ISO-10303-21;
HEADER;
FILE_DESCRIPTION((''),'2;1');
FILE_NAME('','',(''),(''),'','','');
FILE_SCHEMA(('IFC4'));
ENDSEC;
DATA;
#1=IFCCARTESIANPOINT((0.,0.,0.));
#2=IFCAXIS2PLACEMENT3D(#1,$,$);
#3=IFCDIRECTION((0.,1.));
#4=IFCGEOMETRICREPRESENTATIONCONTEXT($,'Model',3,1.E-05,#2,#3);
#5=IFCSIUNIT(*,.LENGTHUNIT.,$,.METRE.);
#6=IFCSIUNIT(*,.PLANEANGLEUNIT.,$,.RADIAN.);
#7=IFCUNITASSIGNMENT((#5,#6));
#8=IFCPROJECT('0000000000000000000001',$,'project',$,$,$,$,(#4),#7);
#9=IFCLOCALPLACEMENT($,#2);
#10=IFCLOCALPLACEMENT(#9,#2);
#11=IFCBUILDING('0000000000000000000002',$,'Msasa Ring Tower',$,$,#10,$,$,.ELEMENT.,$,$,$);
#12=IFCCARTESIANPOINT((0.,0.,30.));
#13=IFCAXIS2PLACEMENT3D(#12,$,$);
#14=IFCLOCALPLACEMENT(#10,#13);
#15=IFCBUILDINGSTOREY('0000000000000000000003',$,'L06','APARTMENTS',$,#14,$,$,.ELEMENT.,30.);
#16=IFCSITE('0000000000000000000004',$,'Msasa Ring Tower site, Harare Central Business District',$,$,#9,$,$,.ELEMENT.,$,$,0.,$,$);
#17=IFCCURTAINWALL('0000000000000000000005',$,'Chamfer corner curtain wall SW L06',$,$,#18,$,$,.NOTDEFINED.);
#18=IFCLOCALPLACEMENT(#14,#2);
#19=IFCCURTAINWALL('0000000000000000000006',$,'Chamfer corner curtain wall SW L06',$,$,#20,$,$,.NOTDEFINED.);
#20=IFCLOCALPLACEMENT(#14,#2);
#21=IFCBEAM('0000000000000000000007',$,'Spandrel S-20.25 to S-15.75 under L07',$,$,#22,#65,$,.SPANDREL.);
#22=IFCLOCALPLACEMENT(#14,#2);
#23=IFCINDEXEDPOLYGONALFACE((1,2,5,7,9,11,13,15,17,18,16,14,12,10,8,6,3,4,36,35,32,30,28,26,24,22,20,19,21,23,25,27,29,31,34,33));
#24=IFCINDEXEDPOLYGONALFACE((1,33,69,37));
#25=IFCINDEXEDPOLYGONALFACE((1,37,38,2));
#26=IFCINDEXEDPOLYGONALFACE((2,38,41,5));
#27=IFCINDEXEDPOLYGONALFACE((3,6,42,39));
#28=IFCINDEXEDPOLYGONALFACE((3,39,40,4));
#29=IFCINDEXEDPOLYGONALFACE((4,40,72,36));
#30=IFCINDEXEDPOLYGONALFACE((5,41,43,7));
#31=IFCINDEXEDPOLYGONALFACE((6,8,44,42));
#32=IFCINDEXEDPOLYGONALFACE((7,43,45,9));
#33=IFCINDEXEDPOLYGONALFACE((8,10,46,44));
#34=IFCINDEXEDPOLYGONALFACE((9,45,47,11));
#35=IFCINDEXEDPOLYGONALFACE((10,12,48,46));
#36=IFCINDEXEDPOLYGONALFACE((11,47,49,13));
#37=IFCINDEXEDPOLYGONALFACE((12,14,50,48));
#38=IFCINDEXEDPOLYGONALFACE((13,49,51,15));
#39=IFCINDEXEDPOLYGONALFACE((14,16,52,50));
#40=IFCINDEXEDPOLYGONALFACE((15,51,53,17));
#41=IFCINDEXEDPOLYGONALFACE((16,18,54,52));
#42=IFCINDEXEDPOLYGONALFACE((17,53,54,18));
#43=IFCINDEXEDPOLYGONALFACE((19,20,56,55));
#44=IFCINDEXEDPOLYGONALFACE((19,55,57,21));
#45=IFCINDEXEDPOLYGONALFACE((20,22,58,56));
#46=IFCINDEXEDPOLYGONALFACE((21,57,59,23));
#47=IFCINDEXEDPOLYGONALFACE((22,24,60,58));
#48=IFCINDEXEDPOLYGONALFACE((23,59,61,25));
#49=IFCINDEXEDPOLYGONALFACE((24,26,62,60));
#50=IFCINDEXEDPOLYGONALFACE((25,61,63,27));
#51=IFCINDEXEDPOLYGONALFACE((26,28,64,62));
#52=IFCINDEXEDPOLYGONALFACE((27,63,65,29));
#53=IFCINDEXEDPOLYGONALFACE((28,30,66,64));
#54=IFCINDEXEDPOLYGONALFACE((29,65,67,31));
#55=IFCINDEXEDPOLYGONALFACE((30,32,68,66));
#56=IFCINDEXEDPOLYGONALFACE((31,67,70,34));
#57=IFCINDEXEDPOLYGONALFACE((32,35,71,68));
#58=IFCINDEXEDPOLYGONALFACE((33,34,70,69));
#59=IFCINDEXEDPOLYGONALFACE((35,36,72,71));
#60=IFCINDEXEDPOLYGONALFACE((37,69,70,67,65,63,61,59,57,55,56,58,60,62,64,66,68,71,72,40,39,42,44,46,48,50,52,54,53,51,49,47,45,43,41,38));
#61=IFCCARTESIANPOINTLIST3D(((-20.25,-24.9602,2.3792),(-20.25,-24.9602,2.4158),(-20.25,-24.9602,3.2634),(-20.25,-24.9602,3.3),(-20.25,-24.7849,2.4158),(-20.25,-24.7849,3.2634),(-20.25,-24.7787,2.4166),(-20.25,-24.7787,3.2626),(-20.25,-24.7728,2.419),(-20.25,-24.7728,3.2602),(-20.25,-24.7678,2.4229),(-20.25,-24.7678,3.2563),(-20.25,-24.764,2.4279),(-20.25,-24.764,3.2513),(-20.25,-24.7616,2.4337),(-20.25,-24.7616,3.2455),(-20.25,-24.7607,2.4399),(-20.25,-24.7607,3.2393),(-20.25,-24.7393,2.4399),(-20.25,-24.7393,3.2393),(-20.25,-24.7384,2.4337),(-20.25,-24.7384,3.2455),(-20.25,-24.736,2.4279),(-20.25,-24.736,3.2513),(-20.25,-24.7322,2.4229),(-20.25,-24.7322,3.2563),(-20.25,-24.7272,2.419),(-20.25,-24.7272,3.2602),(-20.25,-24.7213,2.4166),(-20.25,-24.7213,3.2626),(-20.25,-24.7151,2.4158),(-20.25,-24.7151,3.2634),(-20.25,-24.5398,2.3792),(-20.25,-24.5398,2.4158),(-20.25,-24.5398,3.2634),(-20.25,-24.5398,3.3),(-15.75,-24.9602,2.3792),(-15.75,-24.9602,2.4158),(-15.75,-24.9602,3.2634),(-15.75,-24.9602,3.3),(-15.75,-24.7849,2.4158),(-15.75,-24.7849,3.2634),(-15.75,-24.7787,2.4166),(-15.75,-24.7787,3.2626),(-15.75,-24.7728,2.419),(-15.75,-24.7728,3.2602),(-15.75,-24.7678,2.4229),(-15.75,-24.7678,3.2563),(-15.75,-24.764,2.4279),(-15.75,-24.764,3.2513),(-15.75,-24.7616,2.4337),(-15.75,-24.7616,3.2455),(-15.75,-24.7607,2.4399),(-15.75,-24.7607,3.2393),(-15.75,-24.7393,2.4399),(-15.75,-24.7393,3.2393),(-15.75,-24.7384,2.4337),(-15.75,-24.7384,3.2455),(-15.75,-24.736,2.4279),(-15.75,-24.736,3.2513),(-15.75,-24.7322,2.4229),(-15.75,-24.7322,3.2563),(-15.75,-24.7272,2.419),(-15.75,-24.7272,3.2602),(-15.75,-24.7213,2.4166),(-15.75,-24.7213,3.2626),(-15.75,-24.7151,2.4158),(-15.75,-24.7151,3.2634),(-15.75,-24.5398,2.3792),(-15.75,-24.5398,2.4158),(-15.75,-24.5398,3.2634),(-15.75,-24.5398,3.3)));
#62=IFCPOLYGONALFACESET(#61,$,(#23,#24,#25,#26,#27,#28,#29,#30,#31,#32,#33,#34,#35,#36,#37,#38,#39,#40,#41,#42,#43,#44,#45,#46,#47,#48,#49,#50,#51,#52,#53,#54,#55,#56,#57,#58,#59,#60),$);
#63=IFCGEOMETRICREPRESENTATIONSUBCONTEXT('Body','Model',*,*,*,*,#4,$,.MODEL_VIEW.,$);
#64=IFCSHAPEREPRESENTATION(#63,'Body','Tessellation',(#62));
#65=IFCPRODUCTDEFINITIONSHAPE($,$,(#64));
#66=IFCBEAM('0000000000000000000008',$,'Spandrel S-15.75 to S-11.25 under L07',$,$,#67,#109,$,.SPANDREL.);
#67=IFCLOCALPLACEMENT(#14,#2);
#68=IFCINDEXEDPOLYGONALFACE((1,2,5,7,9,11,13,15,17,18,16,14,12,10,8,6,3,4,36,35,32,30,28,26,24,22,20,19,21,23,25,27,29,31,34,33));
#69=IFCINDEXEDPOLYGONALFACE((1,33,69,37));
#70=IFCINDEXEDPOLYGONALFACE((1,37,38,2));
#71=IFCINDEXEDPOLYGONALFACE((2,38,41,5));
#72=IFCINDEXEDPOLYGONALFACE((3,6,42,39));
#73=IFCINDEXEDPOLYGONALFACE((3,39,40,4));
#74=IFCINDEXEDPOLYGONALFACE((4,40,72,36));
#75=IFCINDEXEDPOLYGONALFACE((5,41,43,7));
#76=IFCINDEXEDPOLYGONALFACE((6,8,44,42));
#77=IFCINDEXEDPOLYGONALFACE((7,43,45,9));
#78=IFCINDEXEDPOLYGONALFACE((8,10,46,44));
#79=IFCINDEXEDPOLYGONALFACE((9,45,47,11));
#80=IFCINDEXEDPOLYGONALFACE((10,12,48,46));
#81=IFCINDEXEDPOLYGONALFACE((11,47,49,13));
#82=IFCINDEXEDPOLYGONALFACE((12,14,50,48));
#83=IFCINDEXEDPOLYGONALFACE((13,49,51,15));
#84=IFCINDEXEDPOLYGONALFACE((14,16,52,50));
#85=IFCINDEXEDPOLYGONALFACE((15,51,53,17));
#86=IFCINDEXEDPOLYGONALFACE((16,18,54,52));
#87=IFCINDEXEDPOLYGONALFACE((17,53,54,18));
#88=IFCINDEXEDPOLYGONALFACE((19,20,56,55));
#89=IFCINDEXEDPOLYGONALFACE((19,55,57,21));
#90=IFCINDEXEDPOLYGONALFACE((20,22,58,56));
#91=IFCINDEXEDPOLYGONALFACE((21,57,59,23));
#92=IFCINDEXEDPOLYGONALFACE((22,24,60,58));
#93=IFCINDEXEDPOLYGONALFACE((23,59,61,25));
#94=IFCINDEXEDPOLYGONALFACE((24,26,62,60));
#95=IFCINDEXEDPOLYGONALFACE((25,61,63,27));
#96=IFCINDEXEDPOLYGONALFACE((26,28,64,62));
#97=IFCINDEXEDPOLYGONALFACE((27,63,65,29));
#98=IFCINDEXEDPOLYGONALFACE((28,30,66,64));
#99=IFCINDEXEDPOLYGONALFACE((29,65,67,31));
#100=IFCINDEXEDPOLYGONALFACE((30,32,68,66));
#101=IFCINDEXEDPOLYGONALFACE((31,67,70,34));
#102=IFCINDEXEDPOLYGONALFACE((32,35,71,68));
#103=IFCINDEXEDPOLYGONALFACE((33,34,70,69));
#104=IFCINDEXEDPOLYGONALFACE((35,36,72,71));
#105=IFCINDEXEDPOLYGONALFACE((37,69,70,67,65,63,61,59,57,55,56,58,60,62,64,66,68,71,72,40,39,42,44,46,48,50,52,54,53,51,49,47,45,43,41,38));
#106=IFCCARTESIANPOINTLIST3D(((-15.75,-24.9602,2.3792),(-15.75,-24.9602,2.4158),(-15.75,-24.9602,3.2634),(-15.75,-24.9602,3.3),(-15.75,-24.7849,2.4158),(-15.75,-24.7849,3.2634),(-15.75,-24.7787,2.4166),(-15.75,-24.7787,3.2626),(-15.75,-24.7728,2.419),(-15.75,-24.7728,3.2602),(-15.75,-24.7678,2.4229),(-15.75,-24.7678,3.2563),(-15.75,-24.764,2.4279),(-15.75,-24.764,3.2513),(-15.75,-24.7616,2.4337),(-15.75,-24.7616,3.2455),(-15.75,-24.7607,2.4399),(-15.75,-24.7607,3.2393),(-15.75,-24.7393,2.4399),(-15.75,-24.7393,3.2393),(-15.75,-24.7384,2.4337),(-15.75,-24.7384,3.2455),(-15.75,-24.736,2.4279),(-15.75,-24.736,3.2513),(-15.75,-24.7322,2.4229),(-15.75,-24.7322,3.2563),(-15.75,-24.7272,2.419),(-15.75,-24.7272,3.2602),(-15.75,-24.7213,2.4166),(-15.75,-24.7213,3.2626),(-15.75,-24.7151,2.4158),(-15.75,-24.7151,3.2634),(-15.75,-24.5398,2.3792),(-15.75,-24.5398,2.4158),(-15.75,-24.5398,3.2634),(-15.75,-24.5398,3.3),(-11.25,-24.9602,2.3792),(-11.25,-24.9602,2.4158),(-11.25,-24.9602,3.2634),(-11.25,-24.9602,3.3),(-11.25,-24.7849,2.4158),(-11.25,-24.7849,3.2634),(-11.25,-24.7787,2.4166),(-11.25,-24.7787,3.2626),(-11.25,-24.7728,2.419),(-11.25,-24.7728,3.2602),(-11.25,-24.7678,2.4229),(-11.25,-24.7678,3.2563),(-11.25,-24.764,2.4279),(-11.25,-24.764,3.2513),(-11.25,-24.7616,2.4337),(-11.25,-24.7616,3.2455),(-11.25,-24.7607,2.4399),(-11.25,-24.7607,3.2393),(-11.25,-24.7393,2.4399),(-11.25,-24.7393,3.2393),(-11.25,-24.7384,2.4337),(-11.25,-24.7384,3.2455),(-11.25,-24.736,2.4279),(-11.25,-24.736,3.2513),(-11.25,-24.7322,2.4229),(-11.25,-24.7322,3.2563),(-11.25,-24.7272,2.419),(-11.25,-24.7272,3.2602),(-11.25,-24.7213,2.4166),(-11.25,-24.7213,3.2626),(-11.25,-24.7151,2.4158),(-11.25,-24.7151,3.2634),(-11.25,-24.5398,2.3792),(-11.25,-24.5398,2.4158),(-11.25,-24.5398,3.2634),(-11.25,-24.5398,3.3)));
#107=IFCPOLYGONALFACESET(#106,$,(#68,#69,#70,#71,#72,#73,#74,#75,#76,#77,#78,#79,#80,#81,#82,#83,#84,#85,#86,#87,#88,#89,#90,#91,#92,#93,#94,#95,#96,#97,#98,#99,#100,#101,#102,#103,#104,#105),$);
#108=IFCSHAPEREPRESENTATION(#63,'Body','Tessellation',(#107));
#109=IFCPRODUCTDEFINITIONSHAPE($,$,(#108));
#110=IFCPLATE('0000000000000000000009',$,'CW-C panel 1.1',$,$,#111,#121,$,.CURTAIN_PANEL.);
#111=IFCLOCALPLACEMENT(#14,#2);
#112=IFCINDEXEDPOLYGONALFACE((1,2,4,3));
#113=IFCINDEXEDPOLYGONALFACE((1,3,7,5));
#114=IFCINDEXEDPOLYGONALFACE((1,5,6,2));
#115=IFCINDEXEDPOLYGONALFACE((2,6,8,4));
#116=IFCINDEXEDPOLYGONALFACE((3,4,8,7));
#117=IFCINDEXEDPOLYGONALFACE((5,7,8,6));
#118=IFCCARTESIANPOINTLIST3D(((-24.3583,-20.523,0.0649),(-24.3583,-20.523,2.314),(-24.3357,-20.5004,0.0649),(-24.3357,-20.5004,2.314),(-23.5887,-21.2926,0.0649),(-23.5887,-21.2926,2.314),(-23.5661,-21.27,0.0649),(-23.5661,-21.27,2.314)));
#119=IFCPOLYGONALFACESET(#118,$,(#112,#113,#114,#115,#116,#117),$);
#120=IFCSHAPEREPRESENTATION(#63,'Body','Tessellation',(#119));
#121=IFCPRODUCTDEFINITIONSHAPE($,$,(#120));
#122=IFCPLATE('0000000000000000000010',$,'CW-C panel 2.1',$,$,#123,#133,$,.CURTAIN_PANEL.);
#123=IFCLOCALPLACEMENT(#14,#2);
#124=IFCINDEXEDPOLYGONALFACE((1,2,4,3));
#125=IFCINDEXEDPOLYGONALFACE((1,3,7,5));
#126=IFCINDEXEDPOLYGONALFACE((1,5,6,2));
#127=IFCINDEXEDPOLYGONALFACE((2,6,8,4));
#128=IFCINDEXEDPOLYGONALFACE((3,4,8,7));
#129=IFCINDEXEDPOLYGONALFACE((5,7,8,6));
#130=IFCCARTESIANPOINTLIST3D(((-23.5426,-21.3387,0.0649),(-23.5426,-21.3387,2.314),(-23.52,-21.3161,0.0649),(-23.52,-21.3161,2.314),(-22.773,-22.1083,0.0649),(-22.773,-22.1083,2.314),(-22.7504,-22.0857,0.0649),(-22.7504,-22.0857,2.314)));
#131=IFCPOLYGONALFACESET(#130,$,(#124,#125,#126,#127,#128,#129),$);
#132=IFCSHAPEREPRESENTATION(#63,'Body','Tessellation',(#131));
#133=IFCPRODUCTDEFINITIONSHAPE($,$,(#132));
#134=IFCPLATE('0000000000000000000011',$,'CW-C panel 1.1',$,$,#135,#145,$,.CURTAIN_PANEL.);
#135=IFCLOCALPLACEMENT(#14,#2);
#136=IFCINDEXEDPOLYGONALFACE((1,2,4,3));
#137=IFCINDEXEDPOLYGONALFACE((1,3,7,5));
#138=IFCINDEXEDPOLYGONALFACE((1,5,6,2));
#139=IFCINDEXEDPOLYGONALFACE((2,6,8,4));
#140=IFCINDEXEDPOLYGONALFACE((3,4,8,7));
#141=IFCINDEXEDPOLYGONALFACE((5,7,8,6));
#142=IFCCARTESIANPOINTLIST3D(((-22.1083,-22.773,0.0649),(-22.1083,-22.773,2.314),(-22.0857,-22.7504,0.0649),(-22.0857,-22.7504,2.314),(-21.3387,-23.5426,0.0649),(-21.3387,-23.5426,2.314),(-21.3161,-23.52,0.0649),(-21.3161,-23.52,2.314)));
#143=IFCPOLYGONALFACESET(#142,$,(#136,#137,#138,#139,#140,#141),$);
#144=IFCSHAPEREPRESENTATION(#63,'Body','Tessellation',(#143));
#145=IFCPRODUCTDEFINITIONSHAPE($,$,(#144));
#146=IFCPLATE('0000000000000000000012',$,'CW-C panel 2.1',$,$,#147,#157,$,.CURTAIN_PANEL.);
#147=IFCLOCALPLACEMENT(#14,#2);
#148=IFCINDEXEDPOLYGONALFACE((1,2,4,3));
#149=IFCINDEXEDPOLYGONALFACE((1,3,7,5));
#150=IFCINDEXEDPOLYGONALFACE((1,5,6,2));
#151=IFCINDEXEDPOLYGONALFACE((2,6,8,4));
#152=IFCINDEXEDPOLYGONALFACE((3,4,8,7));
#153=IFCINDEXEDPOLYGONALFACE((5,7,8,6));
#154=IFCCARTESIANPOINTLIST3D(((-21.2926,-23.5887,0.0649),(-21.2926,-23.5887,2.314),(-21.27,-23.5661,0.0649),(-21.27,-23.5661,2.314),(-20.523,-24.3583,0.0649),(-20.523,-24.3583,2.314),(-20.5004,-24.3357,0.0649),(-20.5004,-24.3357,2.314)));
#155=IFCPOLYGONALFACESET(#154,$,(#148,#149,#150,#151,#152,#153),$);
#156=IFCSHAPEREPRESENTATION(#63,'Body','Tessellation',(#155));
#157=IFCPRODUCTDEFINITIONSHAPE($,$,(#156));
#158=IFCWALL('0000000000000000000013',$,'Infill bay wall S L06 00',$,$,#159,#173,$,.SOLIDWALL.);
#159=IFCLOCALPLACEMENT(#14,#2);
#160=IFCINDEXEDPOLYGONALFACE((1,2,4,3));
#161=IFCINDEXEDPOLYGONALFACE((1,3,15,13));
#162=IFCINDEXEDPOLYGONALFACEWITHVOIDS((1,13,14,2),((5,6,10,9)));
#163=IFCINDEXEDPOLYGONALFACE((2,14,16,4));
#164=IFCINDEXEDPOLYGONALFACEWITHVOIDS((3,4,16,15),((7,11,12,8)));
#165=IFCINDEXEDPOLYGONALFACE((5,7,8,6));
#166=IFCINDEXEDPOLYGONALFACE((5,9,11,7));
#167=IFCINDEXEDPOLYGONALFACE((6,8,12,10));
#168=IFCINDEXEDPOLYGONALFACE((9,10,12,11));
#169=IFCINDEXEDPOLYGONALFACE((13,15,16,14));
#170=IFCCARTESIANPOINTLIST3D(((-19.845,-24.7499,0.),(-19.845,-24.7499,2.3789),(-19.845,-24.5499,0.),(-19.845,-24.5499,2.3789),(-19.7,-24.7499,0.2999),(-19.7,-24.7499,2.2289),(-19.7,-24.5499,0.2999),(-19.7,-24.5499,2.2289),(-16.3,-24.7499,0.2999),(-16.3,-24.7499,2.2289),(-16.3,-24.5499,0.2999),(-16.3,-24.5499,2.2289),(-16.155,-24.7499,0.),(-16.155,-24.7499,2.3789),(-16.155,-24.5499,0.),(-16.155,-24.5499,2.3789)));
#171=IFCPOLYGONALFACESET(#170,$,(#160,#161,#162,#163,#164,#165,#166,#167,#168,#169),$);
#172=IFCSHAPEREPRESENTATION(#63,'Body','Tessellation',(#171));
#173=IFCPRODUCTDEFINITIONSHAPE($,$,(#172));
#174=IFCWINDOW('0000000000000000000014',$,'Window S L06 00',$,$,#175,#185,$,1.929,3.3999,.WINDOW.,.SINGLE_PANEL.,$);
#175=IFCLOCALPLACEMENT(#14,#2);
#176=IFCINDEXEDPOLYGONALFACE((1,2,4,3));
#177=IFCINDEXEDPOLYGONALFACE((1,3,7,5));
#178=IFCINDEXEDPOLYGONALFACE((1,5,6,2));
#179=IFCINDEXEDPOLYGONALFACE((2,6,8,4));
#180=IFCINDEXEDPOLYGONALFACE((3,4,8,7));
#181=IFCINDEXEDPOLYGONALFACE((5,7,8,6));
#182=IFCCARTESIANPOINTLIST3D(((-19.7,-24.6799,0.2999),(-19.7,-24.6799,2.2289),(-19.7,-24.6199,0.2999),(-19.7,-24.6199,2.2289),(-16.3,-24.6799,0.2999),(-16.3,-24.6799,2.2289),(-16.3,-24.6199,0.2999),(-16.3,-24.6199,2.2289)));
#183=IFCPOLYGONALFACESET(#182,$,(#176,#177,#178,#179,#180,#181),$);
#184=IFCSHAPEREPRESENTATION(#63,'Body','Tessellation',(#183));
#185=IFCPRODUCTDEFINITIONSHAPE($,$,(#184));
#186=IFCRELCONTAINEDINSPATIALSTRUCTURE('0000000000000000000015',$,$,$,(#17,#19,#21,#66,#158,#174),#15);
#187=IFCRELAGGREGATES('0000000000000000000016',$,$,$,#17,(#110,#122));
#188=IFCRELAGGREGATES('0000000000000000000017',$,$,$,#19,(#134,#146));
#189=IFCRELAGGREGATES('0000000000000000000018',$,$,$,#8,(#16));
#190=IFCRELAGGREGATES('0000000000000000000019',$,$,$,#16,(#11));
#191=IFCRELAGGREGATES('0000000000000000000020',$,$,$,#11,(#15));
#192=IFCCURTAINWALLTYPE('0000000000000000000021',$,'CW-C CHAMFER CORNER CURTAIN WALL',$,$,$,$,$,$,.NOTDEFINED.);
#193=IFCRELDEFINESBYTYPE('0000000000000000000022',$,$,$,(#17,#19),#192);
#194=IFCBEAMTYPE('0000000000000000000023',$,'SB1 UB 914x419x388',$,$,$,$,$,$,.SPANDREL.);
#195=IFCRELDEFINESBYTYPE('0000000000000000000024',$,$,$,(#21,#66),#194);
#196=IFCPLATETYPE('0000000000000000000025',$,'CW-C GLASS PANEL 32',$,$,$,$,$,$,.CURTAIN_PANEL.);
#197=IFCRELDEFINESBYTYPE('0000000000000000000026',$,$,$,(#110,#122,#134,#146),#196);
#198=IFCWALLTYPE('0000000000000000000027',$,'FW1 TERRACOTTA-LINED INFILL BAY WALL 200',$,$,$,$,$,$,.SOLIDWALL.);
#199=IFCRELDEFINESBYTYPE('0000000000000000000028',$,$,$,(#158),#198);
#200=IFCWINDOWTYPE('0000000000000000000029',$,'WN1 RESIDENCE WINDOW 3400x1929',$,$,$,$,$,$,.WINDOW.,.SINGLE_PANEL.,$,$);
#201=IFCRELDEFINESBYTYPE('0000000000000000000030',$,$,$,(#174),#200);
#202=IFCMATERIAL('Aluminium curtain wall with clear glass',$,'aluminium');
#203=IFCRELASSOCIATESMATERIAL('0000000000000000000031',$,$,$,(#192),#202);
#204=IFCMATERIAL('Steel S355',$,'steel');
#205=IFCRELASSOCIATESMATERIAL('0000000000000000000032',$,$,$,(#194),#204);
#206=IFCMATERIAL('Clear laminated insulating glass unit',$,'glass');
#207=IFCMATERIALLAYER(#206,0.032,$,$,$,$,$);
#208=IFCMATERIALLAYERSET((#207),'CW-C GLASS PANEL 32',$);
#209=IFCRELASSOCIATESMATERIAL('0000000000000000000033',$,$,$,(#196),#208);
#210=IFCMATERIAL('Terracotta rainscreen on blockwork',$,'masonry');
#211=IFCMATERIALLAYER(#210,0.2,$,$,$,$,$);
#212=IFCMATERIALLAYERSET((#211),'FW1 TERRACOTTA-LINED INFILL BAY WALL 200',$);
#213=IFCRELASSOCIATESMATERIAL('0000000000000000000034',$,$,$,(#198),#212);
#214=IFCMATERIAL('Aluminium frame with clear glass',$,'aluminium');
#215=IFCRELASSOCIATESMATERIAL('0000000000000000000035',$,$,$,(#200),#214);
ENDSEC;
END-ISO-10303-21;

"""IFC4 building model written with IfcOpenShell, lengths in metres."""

from ifc_helpers import new_model, si_unit, direction, frame, frame_2d, origin, origin_2d, place, context, subcontext, project, spatial, rectangle, i_section, extrude, material, layer, layer_set, material_profile, profile_set, type_object, element, fill, aggregate, save


model = new_model("IFC4")

# Units and contexts
model_context = context("Model", 3, precision=1e-05, world=origin(), true_north=direction((0.0, 1.0)))
body_context = subcontext(model_context, "Body", "Model", "MODEL_VIEW")
ifc_project = project(units=[si_unit("LENGTHUNIT", "METRE"), si_unit("PLANEANGLEUNIT", "RADIAN")], contexts=[model_context])

# Site, building, storey
site_placement = place(None, origin())
site = spatial("IfcSite", under=ifc_project, at=site_placement, Name="Msasa Ring Tower site, Harare Central Business District", CompositionType="ELEMENT", RefElevation=0.0)
building_placement = place(site_placement, origin())
building = spatial("IfcBuilding", under=site, at=building_placement, Name="Msasa Ring Tower", CompositionType="ELEMENT")
storey_placement = place(building_placement, frame((0.0, 0.0, 30.0)))
storey = spatial("IfcBuildingStorey", under=building, at=storey_placement, Name="L06", Description="APARTMENTS", CompositionType="ELEMENT", Elevation=30.0)

# Curtain walls
ifc_material_1 = material(Name="Aluminium curtain wall with clear glass", Category="aluminium")
curtain_wall_type = type_object("IfcCurtainWallType", Name="CW-C CHAMFER CORNER CURTAIN WALL", PredefinedType="NOTDEFINED", material=ifc_material_1)
curtain_wall_1_placement = place(storey_placement, origin())
curtain_wall_1 = element("IfcCurtainWall", 1, at=curtain_wall_1_placement, inside=storey, type_object=curtain_wall_type, Name="Chamfer corner curtain wall SW L06", PredefinedType="NOTDEFINED")
curtain_wall_2_placement = place(storey_placement, origin())
curtain_wall_2 = element("IfcCurtainWall", 2, at=curtain_wall_2_placement, inside=storey, type_object=curtain_wall_type, Name="Chamfer corner curtain wall SW L06", PredefinedType="NOTDEFINED")

# Beams
ifc_material_2 = material(Name="Steel S355", Category="steel")
ifc_material_profile_1 = material_profile(ifc_material_2, i_section(OverallWidth=0.4204, OverallDepth=0.9209, WebThickness=0.0215, FlangeThickness=0.0366, FilletRadius=0.0242, at=origin_2d()), Name="UB 914x419x388")
ifc_profile_set_1 = profile_set([ifc_material_profile_1], Name="Steel S355")
beam_type_1 = type_object("IfcBeamType", Name="SB1 UB 914x419x388", PredefinedType="SPANDREL", material=ifc_profile_set_1)
for number, where, z_axis, x_axis, name in (
    (3, (-20.25, -24.75, 2.8396), (1.0, 0.0, 0.0), (0.0, 1.0, 0.0), "Spandrel S-20.25 to S-15.75 under L07"),
    (4, (-15.75, -24.75, 2.8396), (1.0, 0.0, 0.0), (0.0, 1.0, 0.0), "Spandrel S-15.75 to S-11.25 under L07"),
):
    element("IfcBeam", number, at=place(storey_placement, frame(where, z_axis=z_axis, x_axis=x_axis)), inside=storey, type_object=beam_type_1, Name=name, PredefinedType="SPANDREL", context=body_context, shape_type="SweptSolid", body=[
        extrude(i_section(OverallWidth=0.4204, OverallDepth=0.9209, WebThickness=0.0215, FlangeThickness=0.0366, FilletRadius=0.0242, at=origin_2d()), origin(), (0.0, 0.0, 1.0), 4.5),
    ])

# Plates
ifc_material_3 = material(Name="Clear laminated insulating glass unit", Category="glass")
ifc_layer_1 = layer(ifc_material_3, 0.032)
ifc_layer_set_1 = layer_set([ifc_layer_1], Name="CW-C GLASS PANEL 32")
plate_type = type_object("IfcPlateType", Name="CW-C GLASS PANEL 32", PredefinedType="CURTAIN_PANEL", material=ifc_layer_set_1)
plate_1_placement = place(storey_placement, frame((-23.9622, -20.8965, 0.0649), z_axis=(0.0, 0.0, 1.0), x_axis=(0.707107, -0.707107, 0.0)))
plate_1 = element("IfcPlate", 5, at=plate_1_placement, type_object=plate_type, Name="CW-C panel 1.1", PredefinedType="CURTAIN_PANEL", context=body_context, shape_type="SweptSolid", body=[
    extrude(rectangle(XDim=1.0884, YDim=0.032, at=origin_2d()), origin(), (0.0, 0.0, 1.0), 2.249),
])
plate_2_placement = place(storey_placement, frame((-23.1465, -21.7122, 0.0649), z_axis=(0.0, 0.0, 1.0), x_axis=(0.707107, -0.707107, 0.0)))
plate_2 = element("IfcPlate", 6, at=plate_2_placement, type_object=plate_type, Name="CW-C panel 2.1", PredefinedType="CURTAIN_PANEL", context=body_context, shape_type="SweptSolid", body=[
    extrude(rectangle(XDim=1.0884, YDim=0.032, at=origin_2d()), origin(), (0.0, 0.0, 1.0), 2.249),
])
aggregate(curtain_wall_1, [plate_1, plate_2])
plate_3_placement = place(storey_placement, frame((-21.7122, -23.1465, 0.0649), z_axis=(0.0, 0.0, 1.0), x_axis=(0.707107, -0.707107, 0.0)))
plate_3 = element("IfcPlate", 7, at=plate_3_placement, type_object=plate_type, Name="CW-C panel 1.1", PredefinedType="CURTAIN_PANEL", context=body_context, shape_type="SweptSolid", body=[
    extrude(rectangle(XDim=1.0884, YDim=0.032, at=origin_2d()), origin(), (0.0, 0.0, 1.0), 2.249),
])
plate_4_placement = place(storey_placement, frame((-20.8965, -23.9622, 0.0649), z_axis=(0.0, 0.0, 1.0), x_axis=(0.707107, -0.707107, 0.0)))
plate_4 = element("IfcPlate", 8, at=plate_4_placement, type_object=plate_type, Name="CW-C panel 2.1", PredefinedType="CURTAIN_PANEL", context=body_context, shape_type="SweptSolid", body=[
    extrude(rectangle(XDim=1.0884, YDim=0.032, at=origin_2d()), origin(), (0.0, 0.0, 1.0), 2.249),
])
aggregate(curtain_wall_2, [plate_3, plate_4])

# Wall, opening, window
ifc_material_4 = material(Name="Terracotta rainscreen on blockwork", Category="masonry")
ifc_layer_2 = layer(ifc_material_4, 0.2)
ifc_layer_set_2 = layer_set([ifc_layer_2], Name="FW1 TERRACOTTA-LINED INFILL BAY WALL 200")
wall_type_1 = type_object("IfcWallType", Name="FW1 TERRACOTTA-LINED INFILL BAY WALL 200", PredefinedType="SOLIDWALL", material=ifc_layer_set_2)
wall_1_placement = place(storey_placement, frame((-19.845, -24.6499, 0.0), z_axis=(0.0, 0.0, 1.0), x_axis=(1.0, 0.0, 0.0)))
wall_1 = element("IfcWall", 9, at=wall_1_placement, inside=storey, type_object=wall_type_1, Name="Infill bay wall S L06 00", PredefinedType="SOLIDWALL", context=body_context, shape_type="SweptSolid", body=[
    extrude(rectangle(XDim=3.6899, YDim=0.2, at=frame_2d((1.845, 0.0))), origin(), (0.0, 0.0, 1.0), 2.3789),
])
opening_1_placement = place(wall_1_placement, frame((0.145, 0.0, 0.3)))
opening_1 = element("IfcOpeningElement", 10, at=opening_1_placement, cuts=wall_1, PredefinedType="OPENING", context=body_context, shape_type="SweptSolid", body=[
    extrude(rectangle(XDim=3.3999, YDim=1.929, at=frame_2d((1.7, 0.9644))), frame((0.0, 0.1099, 0.0), z_axis=(0.0, -1.0, 0.0), x_axis=(1.0, 0.0, 0.0)), (0.0, 0.0, 1.0), 0.22),
])
ifc_material_5 = material(Name="Aluminium frame with clear glass", Category="aluminium")
window_type = type_object("IfcWindowType", Name="WN1 RESIDENCE WINDOW 3400x1929", PartitioningType="SINGLE_PANEL", PredefinedType="WINDOW", material=ifc_material_5)
window_1_placement = place(opening_1_placement, origin())
window_1 = element("IfcWindow", 11, at=window_1_placement, inside=storey, type_object=window_type, Name="Window S L06 00", OverallHeight=1.929, OverallWidth=3.3999, PartitioningType="SINGLE_PANEL", PredefinedType="WINDOW", context=body_context, shape_type="SweptSolid", body=[
    extrude(rectangle(XDim=3.3999, YDim=1.929, at=frame_2d((1.7, 0.9644))), frame((0.0, 0.03, 0.0), z_axis=(0.0, -1.0, 0.0), x_axis=(1.0, 0.0, 0.0)), (0.0, 0.0, 1.0), 0.0601),
])
fill(opening_1, window_1)

save(model, "model.ifc")
